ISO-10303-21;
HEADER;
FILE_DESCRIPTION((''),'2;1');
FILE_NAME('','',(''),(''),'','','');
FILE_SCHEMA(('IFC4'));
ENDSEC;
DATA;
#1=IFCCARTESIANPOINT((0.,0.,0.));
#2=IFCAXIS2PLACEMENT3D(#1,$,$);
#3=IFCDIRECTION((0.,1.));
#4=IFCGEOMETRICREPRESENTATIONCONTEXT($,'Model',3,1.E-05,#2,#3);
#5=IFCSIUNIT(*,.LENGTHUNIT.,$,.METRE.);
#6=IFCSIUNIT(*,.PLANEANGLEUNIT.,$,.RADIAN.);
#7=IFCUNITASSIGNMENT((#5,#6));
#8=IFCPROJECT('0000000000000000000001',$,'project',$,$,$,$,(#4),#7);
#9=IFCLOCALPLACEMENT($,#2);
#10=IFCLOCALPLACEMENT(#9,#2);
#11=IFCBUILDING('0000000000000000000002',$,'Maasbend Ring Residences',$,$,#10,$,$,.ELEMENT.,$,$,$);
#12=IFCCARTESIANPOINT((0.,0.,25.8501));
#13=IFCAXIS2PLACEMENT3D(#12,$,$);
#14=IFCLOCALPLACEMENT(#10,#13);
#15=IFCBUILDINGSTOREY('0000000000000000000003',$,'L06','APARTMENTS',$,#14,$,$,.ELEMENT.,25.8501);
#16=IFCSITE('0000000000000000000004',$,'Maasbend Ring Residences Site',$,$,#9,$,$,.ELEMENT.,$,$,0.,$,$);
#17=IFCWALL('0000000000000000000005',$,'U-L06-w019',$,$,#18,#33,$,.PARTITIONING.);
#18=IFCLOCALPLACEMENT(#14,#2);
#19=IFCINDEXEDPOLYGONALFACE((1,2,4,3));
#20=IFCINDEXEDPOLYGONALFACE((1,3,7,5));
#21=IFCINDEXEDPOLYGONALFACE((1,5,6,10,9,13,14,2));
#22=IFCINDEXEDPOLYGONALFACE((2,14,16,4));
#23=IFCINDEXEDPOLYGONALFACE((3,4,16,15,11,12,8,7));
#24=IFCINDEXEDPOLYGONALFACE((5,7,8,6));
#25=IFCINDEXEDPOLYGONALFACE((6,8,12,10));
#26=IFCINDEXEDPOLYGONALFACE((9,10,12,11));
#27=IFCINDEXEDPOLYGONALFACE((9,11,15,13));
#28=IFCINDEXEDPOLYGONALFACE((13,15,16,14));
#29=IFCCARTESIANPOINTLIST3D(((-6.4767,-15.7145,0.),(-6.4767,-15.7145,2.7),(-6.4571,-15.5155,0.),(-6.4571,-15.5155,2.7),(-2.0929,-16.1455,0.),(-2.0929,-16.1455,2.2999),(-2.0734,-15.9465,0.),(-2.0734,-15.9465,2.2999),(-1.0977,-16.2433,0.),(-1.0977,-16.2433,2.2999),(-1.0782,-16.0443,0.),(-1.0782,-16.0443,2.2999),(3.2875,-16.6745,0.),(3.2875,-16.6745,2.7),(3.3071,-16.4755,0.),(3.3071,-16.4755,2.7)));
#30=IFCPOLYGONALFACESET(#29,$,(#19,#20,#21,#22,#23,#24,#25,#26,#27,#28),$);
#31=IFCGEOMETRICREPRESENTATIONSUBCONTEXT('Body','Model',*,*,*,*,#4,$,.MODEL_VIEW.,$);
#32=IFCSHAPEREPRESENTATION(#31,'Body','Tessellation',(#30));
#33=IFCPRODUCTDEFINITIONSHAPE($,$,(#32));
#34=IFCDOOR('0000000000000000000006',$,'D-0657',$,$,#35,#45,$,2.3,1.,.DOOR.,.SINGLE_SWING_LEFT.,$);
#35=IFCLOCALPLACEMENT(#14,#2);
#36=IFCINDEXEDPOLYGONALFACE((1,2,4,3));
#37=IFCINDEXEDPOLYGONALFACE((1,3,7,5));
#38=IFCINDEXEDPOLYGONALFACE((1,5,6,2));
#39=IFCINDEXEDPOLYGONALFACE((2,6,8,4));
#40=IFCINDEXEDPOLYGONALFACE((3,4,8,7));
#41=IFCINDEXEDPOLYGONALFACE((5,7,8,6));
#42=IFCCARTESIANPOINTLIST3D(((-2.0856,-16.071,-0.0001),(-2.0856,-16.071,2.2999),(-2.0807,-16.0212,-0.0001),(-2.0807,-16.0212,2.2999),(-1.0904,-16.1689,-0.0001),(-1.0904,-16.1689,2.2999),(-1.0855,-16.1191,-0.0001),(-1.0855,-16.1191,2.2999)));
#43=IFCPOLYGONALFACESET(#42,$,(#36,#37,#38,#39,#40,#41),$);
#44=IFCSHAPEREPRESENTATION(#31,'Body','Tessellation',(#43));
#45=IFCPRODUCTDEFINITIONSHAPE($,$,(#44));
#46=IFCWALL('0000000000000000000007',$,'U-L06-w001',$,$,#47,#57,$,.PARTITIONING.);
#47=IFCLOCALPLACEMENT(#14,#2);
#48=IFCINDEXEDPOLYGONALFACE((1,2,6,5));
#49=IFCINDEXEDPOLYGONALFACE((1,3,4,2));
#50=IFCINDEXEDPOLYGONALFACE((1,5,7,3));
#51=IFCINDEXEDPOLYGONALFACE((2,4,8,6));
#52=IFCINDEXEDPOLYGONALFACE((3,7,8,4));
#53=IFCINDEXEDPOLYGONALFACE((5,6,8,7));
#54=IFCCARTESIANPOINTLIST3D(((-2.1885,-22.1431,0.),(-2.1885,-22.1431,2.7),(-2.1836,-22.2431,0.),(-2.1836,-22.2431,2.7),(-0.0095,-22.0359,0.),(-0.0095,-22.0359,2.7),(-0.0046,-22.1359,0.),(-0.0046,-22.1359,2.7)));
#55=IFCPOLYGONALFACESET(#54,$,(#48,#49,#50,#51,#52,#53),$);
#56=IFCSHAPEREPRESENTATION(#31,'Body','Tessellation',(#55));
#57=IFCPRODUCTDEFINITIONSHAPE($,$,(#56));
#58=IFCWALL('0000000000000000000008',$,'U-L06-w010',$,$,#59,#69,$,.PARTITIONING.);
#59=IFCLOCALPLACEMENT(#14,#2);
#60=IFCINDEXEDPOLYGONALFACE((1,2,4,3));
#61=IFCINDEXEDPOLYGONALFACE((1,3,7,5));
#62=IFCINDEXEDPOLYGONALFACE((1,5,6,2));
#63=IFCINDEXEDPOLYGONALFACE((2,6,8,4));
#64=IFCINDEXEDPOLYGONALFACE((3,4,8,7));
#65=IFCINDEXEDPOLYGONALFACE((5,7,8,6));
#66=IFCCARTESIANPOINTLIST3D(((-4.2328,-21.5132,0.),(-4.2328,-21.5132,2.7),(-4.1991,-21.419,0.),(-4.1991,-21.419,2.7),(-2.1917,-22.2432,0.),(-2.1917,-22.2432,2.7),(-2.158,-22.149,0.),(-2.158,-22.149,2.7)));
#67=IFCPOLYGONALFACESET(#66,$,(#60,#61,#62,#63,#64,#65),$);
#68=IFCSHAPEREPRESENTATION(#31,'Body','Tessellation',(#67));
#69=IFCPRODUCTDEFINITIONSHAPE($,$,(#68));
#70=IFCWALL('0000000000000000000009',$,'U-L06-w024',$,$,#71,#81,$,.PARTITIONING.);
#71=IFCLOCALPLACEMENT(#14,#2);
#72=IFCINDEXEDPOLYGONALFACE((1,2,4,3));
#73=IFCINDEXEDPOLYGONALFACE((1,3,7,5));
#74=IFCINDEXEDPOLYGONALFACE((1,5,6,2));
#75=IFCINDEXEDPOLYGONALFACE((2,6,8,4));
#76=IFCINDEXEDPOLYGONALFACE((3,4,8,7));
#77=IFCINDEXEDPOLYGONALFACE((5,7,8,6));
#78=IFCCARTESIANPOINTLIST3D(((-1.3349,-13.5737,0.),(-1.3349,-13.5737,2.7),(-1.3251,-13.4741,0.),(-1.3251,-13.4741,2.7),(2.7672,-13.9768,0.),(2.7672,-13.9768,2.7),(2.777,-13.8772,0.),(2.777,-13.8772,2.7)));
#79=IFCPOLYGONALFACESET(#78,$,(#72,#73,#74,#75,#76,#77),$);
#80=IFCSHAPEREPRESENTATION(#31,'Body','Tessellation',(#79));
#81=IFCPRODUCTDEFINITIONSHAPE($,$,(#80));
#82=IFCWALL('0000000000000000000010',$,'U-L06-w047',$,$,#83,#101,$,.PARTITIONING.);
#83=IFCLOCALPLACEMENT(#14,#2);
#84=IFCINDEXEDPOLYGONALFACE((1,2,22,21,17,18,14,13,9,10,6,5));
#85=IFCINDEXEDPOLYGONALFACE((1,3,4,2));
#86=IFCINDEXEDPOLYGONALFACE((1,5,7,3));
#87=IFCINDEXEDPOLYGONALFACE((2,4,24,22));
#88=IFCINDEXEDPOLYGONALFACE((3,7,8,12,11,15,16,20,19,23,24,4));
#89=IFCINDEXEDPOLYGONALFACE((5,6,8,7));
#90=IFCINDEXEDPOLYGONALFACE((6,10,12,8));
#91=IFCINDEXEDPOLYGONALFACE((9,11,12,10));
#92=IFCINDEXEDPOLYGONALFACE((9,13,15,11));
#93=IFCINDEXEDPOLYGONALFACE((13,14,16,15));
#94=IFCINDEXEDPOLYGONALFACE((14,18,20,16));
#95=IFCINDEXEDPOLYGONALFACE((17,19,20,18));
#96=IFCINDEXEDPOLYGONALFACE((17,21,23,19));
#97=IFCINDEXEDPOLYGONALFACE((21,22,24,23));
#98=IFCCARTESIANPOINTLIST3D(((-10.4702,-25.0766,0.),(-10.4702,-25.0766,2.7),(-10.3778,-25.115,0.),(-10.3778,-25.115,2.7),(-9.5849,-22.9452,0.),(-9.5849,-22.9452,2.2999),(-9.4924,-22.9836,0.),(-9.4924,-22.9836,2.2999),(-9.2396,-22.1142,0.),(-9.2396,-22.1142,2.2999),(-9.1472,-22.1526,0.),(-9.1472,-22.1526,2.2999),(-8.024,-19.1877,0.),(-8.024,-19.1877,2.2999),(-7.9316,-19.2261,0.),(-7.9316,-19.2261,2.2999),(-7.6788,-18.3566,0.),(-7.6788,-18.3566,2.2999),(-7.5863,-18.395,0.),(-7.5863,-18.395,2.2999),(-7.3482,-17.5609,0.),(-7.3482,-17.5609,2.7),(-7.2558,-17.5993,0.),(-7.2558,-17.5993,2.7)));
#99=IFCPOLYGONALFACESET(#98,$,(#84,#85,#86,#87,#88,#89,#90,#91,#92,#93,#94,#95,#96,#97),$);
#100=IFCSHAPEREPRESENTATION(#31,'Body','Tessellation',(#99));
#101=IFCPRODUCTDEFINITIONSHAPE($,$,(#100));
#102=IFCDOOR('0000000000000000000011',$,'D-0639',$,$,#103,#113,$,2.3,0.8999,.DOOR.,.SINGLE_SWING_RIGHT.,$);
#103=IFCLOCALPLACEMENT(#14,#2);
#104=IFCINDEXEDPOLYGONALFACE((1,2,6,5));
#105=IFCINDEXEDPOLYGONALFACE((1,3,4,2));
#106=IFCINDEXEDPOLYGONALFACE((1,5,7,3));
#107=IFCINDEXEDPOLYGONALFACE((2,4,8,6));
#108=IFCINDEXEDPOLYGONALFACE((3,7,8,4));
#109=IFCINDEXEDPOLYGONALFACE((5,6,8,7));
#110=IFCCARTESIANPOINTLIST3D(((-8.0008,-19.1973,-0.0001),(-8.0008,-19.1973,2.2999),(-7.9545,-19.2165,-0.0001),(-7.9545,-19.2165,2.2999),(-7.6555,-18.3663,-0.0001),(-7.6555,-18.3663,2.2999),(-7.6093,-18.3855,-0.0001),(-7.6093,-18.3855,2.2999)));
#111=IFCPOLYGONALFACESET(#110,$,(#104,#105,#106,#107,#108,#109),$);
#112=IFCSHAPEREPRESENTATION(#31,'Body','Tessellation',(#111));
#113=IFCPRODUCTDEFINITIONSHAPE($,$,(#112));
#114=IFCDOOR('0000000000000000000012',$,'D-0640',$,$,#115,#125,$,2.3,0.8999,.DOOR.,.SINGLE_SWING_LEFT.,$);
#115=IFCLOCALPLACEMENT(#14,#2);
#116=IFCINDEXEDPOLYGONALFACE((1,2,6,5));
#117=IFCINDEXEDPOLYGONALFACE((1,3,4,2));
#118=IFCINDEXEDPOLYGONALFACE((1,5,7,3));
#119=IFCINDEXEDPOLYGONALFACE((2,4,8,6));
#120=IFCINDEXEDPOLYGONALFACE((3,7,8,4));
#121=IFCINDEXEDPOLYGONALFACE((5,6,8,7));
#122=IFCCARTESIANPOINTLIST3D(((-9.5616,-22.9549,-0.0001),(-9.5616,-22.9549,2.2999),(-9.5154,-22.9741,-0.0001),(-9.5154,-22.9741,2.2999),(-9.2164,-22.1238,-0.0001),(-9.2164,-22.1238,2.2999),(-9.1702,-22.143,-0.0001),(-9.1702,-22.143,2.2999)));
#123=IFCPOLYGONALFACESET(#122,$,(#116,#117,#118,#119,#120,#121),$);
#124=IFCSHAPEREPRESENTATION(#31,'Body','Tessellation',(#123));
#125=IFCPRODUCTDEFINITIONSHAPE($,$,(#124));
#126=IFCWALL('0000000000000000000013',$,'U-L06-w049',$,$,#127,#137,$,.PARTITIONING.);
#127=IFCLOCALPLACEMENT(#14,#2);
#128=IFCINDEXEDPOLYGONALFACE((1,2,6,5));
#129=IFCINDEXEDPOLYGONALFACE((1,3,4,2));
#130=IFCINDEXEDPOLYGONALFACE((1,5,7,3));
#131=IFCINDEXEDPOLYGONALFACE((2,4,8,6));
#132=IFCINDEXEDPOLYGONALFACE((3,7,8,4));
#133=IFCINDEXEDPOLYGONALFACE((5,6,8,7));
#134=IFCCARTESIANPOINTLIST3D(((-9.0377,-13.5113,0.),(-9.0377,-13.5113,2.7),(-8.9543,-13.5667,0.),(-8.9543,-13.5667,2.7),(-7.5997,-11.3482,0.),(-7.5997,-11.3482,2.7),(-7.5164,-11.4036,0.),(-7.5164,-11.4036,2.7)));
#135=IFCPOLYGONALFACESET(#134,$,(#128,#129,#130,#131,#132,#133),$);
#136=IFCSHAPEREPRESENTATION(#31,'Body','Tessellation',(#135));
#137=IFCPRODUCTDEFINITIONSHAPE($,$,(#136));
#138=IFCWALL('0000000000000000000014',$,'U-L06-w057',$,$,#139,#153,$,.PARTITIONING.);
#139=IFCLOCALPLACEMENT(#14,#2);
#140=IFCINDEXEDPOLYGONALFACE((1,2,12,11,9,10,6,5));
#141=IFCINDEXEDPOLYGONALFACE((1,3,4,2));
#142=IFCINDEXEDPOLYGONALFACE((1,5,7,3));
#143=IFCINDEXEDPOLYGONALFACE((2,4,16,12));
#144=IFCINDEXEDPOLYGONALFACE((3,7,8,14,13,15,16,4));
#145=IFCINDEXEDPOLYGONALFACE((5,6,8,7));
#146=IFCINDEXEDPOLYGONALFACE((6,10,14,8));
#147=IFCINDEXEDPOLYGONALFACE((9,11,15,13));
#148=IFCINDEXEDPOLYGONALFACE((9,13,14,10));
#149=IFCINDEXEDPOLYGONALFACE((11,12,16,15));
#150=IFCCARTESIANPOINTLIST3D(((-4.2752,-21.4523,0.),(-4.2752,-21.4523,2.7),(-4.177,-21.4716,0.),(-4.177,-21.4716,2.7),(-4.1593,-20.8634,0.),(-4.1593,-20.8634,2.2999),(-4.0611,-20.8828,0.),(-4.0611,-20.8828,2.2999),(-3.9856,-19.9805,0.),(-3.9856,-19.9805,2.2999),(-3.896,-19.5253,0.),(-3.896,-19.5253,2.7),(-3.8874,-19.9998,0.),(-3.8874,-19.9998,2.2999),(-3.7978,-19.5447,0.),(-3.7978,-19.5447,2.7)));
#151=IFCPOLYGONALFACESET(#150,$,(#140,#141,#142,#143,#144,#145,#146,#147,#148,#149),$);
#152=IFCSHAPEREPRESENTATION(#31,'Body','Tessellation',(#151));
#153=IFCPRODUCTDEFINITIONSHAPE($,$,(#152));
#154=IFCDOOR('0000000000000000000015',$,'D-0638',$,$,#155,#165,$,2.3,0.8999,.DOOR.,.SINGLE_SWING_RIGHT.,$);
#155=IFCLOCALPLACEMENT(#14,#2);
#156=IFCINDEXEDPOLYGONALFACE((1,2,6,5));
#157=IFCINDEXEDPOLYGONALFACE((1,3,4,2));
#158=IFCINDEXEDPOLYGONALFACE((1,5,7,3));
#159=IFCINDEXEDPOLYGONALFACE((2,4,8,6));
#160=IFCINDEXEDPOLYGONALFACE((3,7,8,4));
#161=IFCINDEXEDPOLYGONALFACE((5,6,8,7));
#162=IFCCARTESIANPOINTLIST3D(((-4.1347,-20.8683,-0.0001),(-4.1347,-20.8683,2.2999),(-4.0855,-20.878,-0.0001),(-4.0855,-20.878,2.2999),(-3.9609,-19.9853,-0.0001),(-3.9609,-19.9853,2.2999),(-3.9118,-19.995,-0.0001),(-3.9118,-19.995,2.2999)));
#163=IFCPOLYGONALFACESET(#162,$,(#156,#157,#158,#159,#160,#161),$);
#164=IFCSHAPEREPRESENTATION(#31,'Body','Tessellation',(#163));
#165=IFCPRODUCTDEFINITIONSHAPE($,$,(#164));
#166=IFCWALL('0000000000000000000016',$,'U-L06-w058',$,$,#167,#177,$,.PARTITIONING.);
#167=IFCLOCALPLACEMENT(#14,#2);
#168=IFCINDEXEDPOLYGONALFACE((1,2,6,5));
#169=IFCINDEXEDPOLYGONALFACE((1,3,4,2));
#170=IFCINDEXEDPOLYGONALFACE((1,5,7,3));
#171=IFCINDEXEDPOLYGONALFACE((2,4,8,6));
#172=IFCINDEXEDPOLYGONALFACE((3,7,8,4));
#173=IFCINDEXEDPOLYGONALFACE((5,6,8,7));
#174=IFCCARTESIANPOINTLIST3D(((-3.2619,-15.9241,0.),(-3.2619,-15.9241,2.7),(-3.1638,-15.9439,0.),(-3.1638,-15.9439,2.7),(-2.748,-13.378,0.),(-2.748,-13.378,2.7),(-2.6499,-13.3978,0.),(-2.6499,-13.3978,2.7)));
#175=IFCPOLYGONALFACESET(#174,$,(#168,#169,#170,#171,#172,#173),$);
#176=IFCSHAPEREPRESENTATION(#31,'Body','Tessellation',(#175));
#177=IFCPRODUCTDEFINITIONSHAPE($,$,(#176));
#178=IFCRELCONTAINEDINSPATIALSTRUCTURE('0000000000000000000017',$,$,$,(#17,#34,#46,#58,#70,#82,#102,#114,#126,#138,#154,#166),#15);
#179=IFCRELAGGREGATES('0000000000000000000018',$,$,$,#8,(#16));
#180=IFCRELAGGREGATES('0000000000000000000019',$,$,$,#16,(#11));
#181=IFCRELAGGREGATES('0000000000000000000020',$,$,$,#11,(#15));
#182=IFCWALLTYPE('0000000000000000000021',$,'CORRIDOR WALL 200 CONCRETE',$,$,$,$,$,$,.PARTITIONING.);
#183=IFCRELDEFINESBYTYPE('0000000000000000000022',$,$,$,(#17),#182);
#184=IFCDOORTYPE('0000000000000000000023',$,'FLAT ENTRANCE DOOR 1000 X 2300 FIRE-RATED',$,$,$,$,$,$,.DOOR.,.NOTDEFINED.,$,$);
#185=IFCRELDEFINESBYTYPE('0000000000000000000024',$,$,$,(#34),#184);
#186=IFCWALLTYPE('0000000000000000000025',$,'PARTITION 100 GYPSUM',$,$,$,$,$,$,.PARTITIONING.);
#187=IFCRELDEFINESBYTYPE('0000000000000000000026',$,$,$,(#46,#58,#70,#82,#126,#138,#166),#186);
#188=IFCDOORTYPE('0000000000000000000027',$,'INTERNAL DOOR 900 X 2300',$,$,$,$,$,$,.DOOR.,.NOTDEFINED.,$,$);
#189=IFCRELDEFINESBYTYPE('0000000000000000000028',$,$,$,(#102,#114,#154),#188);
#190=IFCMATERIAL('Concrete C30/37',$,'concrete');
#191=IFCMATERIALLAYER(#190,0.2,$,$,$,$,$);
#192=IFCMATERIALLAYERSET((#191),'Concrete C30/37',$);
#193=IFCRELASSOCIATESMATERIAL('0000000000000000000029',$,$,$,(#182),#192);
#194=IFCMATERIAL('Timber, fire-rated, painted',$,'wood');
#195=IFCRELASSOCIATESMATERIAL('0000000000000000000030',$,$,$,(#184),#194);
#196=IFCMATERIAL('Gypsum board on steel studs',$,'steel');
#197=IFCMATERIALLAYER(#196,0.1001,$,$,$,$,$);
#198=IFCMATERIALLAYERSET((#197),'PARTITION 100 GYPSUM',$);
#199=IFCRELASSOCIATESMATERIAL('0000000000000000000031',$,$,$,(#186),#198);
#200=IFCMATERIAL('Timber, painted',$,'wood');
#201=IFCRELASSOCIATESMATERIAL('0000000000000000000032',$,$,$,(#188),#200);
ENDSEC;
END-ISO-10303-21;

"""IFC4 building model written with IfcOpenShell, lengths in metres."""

from ifc_helpers import new_model, si_unit, direction, frame, frame_2d, origin, place, context, subcontext, project, spatial, rectangle, extrude, material, layer, layer_set, type_object, element, fill, save


model = new_model("IFC4")

# Units and contexts
model_context = context("Model", 3, precision=1e-05, world=origin(), true_north=direction((0.0, 1.0)))
body_context = subcontext(model_context, "Body", "Model", "MODEL_VIEW")
ifc_project = project(units=[si_unit("LENGTHUNIT", "METRE"), si_unit("PLANEANGLEUNIT", "RADIAN")], contexts=[model_context])

# Site, building, storey
site_placement = place(None, origin())
site = spatial("IfcSite", under=ifc_project, at=site_placement, Name="Maasbend Ring Residences Site", CompositionType="ELEMENT", RefElevation=0.0)
building_placement = place(site_placement, origin())
building = spatial("IfcBuilding", under=site, at=building_placement, Name="Maasbend Ring Residences", CompositionType="ELEMENT")
storey_placement = place(building_placement, frame((0.0, 0.0, 25.8501)))
storey = spatial("IfcBuildingStorey", under=building, at=storey_placement, Name="L06", Description="APARTMENTS", CompositionType="ELEMENT", Elevation=25.8501)

# Wall, opening, door
ifc_material_1 = material(Name="Concrete C30/37", Category="concrete")
ifc_layer_1 = layer(ifc_material_1, 0.2)
ifc_layer_set_1 = layer_set([ifc_layer_1], Name="Concrete C30/37")
wall_type_1 = type_object("IfcWallType", Name="CORRIDOR WALL 200 CONCRETE", PredefinedType="PARTITIONING", material=ifc_layer_set_1)
ifc_material_2 = material(Name="Timber, fire-rated, painted", Category="wood")
door_type_1 = type_object("IfcDoorType", Name="FLAT ENTRANCE DOOR 1000 X 2300 FIRE-RATED", OperationType="NOTDEFINED", PredefinedType="DOOR", material=ifc_material_2)
wall_1_placement = place(storey_placement, frame((-6.467, -15.615, 0.0), z_axis=(0.0, 0.0, 1.0), x_axis=(0.995202, -0.097843, 0.0)))
wall_1 = element("IfcWall", 1, at=wall_1_placement, inside=storey, type_object=wall_type_1, Name="U-L06-w019", PredefinedType="PARTITIONING", context=body_context, shape_type="SweptSolid", body=[
    extrude(rectangle(XDim=9.8113, YDim=0.2, at=frame_2d((4.9058, 0.0))), origin(), (0.0, 0.0, 1.0), 2.7),
])
opening_1_placement = place(wall_1_placement, frame((4.405, 0.0, 0.0)))
opening_1 = element("IfcOpeningElement", 2, at=opening_1_placement, cuts=wall_1, PredefinedType="OPENING", context=body_context, shape_type="SweptSolid", body=[
    extrude(rectangle(XDim=1.0, YDim=2.3, at=frame_2d((0.5, 1.1499))), frame((0.0, 0.1099, 0.0), z_axis=(0.0, -1.0, 0.0), x_axis=(1.0, 0.0, 0.0)), (0.0, 0.0, 1.0), 0.22),
])
door_1_placement = place(opening_1_placement, origin())
door_1 = element("IfcDoor", 3, at=door_1_placement, inside=storey, type_object=door_type_1, Name="D-0657", OperationType="SINGLE_SWING_LEFT", OverallHeight=2.3, OverallWidth=1.0, PredefinedType="DOOR", context=body_context, shape_type="SweptSolid", body=[
    extrude(rectangle(XDim=1.0, YDim=2.3, at=frame_2d((0.5, 1.1499))), frame((0.0, 0.0249, 0.0), z_axis=(0.0, -1.0, 0.0), x_axis=(1.0, 0.0, 0.0)), (0.0, 0.0, 1.0), 0.05),
])
fill(opening_1, door_1)

# Walls
ifc_material_3 = material(Name="Gypsum board on steel studs", Category="steel")
ifc_layer_2 = layer(ifc_material_3, 0.1001)
ifc_layer_set_2 = layer_set([ifc_layer_2], Name="PARTITION 100 GYPSUM")
wall_type_2 = type_object("IfcWallType", Name="PARTITION 100 GYPSUM", PredefinedType="PARTITIONING", material=ifc_layer_set_2)
wall_2_placement = place(storey_placement, frame((-2.186, -22.1931, 0.0), z_axis=(0.0, 0.0, 1.0), x_axis=(0.998792, 0.049128, 0.0)))
element("IfcWall", 4, at=wall_2_placement, inside=storey, type_object=wall_type_2, Name="U-L06-w001", PredefinedType="PARTITIONING", context=body_context, shape_type="SweptSolid", body=[
    extrude(rectangle(XDim=2.1816, YDim=0.1001, at=frame_2d((1.0908, 0.0))), origin(), (0.0, 0.0, 1.0), 2.7),
])
wall_3_placement = place(storey_placement, frame((-4.2161, -21.4661, 0.0), z_axis=(0.0, 0.0, 1.0), x_axis=(0.941589, -0.336764, 0.0)))
element("IfcWall", 5, at=wall_3_placement, inside=storey, type_object=wall_type_2, Name="U-L06-w010", PredefinedType="PARTITIONING", context=body_context, shape_type="SweptSolid", body=[
    extrude(rectangle(XDim=2.1677, YDim=0.1001, at=frame_2d((1.084, 0.0))), origin(), (0.0, 0.0, 1.0), 2.7),
])
wall_4_placement = place(storey_placement, frame((-1.3301, -13.5239, 0.0), z_axis=(0.0, 0.0, 1.0), x_axis=(0.995207, -0.097791, 0.0)))
element("IfcWall", 6, at=wall_4_placement, inside=storey, type_object=wall_type_2, Name="U-L06-w024", PredefinedType="PARTITIONING", context=body_context, shape_type="SweptSolid", body=[
    extrude(rectangle(XDim=4.1218, YDim=0.1001, at=frame_2d((2.061, 0.0))), origin(), (0.0, 0.0, 1.0), 2.7),
])

# Wall, openings, doors
wall_5_placement = place(storey_placement, frame((-10.4241, -25.0959, 0.0), z_axis=(0.0, 0.0, 1.0), x_axis=(0.383616, 0.923493, 0.0)))
wall_5 = element("IfcWall", 7, at=wall_5_placement, inside=storey, type_object=wall_type_2, Name="U-L06-w047", PredefinedType="PARTITIONING", context=body_context, shape_type="SweptSolid", body=[
    extrude(rectangle(XDim=8.1384, YDim=0.1001, at=frame_2d((4.0693, 0.0))), origin(), (0.0, 0.0, 1.0), 2.7),
])
opening_2_placement = place(wall_5_placement, frame((6.377, 0.0, 0.0)))
opening_2 = element("IfcOpeningElement", 8, at=opening_2_placement, cuts=wall_5, PredefinedType="OPENING", context=body_context, shape_type="SweptSolid", body=[
    extrude(rectangle(XDim=0.8999, YDim=2.3, at=frame_2d((0.45, 1.1499))), frame((0.0, 0.0601, 0.0), z_axis=(0.0, -1.0, 0.0), x_axis=(1.0, 0.0, 0.0)), (0.0, 0.0, 1.0), 0.1201),
])
opening_3_placement = place(wall_5_placement, frame((2.3081, 0.0, 0.0)))
opening_3 = element("IfcOpeningElement", 9, at=opening_3_placement, cuts=wall_5, PredefinedType="OPENING", context=body_context, shape_type="SweptSolid", body=[
    extrude(rectangle(XDim=0.8999, YDim=2.3, at=frame_2d((0.45, 1.1499))), frame((0.0, 0.0601, 0.0), z_axis=(0.0, -1.0, 0.0), x_axis=(1.0, 0.0, 0.0)), (0.0, 0.0, 1.0), 0.1201),
])
ifc_material_4 = material(Name="Timber, painted", Category="wood")
door_type_2 = type_object("IfcDoorType", Name="INTERNAL DOOR 900 X 2300", OperationType="NOTDEFINED", PredefinedType="DOOR", material=ifc_material_4)
door_2_placement = place(opening_2_placement, origin())
door_2 = element("IfcDoor", 10, at=door_2_placement, inside=storey, type_object=door_type_2, Name="D-0639", OperationType="SINGLE_SWING_RIGHT", OverallHeight=2.3, OverallWidth=0.8999, PredefinedType="DOOR", context=body_context, shape_type="SweptSolid", body=[
    extrude(rectangle(XDim=0.8999, YDim=2.3, at=frame_2d((0.45, 1.1499))), frame((0.0, 0.0249, 0.0), z_axis=(0.0, -1.0, 0.0), x_axis=(1.0, 0.0, 0.0)), (0.0, 0.0, 1.0), 0.05),
])
fill(opening_2, door_2)
door_3_placement = place(opening_3_placement, origin())
door_3 = element("IfcDoor", 11, at=door_3_placement, inside=storey, type_object=door_type_2, Name="D-0640", OperationType="SINGLE_SWING_LEFT", OverallHeight=2.3, OverallWidth=0.8999, PredefinedType="DOOR", context=body_context, shape_type="SweptSolid", body=[
    extrude(rectangle(XDim=0.8999, YDim=2.3, at=frame_2d((0.45, 1.1499))), frame((0.0, 0.0249, 0.0), z_axis=(0.0, -1.0, 0.0), x_axis=(1.0, 0.0, 0.0)), (0.0, 0.0, 1.0), 0.05),
])
fill(opening_3, door_3)

# Wall
wall_6_placement = place(storey_placement, frame((-8.9961, -13.5391, 0.0), z_axis=(0.0, 0.0, 1.0), x_axis=(0.553615, 0.832773, 0.0)))
element("IfcWall", 12, at=wall_6_placement, inside=storey, type_object=wall_type_2, Name="U-L06-w049", PredefinedType="PARTITIONING", context=body_context, shape_type="SweptSolid", body=[
    extrude(rectangle(XDim=2.5974, YDim=0.1001, at=frame_2d((1.2988, 0.0))), origin(), (0.0, 0.0, 1.0), 2.7),
])

# Wall, opening, door
wall_7_placement = place(storey_placement, frame((-4.2261, -21.4619, 0.0), z_axis=(0.0, 0.0, 1.0), x_axis=(0.193055, 0.981188, 0.0)))
wall_7 = element("IfcWall", 13, at=wall_7_placement, inside=storey, type_object=wall_type_2, Name="U-L06-w057", PredefinedType="PARTITIONING", context=body_context, shape_type="SweptSolid", body=[
    extrude(rectangle(XDim=1.9639, YDim=0.1001, at=frame_2d((0.9819, 0.0))), origin(), (0.0, 0.0, 1.0), 2.7),
])
opening_4_placement = place(wall_7_placement, frame((0.6001, 0.0, 0.0)))
opening_4 = element("IfcOpeningElement", 14, at=opening_4_placement, cuts=wall_7, PredefinedType="OPENING", context=body_context, shape_type="SweptSolid", body=[
    extrude(rectangle(XDim=0.8999, YDim=2.3, at=frame_2d((0.45, 1.1499))), frame((0.0, 0.0601, 0.0), z_axis=(0.0, -1.0, 0.0), x_axis=(1.0, 0.0, 0.0)), (0.0, 0.0, 1.0), 0.1201),
])
door_4_placement = place(opening_4_placement, origin())
door_4 = element("IfcDoor", 15, at=door_4_placement, inside=storey, type_object=door_type_2, Name="D-0638", OperationType="SINGLE_SWING_RIGHT", OverallHeight=2.3, OverallWidth=0.8999, PredefinedType="DOOR", context=body_context, shape_type="SweptSolid", body=[
    extrude(rectangle(XDim=0.8999, YDim=2.3, at=frame_2d((0.45, 1.1499))), frame((0.0, 0.0249, 0.0), z_axis=(0.0, -1.0, 0.0), x_axis=(1.0, 0.0, 0.0)), (0.0, 0.0, 1.0), 0.05),
])
fill(opening_4, door_4)

# Wall
wall_8_placement = place(storey_placement, frame((-3.2129, -15.9341, 0.0), z_axis=(0.0, 0.0, 1.0), x_axis=(0.197851, 0.980232, 0.0)))
element("IfcWall", 16, at=wall_8_placement, inside=storey, type_object=wall_type_2, Name="U-L06-w058", PredefinedType="PARTITIONING", context=body_context, shape_type="SweptSolid", body=[
    extrude(rectangle(XDim=2.5974, YDim=0.1001, at=frame_2d((1.2988, 0.0))), origin(), (0.0, 0.0, 1.0), 2.7),
])

save(model, "model.ifc")
